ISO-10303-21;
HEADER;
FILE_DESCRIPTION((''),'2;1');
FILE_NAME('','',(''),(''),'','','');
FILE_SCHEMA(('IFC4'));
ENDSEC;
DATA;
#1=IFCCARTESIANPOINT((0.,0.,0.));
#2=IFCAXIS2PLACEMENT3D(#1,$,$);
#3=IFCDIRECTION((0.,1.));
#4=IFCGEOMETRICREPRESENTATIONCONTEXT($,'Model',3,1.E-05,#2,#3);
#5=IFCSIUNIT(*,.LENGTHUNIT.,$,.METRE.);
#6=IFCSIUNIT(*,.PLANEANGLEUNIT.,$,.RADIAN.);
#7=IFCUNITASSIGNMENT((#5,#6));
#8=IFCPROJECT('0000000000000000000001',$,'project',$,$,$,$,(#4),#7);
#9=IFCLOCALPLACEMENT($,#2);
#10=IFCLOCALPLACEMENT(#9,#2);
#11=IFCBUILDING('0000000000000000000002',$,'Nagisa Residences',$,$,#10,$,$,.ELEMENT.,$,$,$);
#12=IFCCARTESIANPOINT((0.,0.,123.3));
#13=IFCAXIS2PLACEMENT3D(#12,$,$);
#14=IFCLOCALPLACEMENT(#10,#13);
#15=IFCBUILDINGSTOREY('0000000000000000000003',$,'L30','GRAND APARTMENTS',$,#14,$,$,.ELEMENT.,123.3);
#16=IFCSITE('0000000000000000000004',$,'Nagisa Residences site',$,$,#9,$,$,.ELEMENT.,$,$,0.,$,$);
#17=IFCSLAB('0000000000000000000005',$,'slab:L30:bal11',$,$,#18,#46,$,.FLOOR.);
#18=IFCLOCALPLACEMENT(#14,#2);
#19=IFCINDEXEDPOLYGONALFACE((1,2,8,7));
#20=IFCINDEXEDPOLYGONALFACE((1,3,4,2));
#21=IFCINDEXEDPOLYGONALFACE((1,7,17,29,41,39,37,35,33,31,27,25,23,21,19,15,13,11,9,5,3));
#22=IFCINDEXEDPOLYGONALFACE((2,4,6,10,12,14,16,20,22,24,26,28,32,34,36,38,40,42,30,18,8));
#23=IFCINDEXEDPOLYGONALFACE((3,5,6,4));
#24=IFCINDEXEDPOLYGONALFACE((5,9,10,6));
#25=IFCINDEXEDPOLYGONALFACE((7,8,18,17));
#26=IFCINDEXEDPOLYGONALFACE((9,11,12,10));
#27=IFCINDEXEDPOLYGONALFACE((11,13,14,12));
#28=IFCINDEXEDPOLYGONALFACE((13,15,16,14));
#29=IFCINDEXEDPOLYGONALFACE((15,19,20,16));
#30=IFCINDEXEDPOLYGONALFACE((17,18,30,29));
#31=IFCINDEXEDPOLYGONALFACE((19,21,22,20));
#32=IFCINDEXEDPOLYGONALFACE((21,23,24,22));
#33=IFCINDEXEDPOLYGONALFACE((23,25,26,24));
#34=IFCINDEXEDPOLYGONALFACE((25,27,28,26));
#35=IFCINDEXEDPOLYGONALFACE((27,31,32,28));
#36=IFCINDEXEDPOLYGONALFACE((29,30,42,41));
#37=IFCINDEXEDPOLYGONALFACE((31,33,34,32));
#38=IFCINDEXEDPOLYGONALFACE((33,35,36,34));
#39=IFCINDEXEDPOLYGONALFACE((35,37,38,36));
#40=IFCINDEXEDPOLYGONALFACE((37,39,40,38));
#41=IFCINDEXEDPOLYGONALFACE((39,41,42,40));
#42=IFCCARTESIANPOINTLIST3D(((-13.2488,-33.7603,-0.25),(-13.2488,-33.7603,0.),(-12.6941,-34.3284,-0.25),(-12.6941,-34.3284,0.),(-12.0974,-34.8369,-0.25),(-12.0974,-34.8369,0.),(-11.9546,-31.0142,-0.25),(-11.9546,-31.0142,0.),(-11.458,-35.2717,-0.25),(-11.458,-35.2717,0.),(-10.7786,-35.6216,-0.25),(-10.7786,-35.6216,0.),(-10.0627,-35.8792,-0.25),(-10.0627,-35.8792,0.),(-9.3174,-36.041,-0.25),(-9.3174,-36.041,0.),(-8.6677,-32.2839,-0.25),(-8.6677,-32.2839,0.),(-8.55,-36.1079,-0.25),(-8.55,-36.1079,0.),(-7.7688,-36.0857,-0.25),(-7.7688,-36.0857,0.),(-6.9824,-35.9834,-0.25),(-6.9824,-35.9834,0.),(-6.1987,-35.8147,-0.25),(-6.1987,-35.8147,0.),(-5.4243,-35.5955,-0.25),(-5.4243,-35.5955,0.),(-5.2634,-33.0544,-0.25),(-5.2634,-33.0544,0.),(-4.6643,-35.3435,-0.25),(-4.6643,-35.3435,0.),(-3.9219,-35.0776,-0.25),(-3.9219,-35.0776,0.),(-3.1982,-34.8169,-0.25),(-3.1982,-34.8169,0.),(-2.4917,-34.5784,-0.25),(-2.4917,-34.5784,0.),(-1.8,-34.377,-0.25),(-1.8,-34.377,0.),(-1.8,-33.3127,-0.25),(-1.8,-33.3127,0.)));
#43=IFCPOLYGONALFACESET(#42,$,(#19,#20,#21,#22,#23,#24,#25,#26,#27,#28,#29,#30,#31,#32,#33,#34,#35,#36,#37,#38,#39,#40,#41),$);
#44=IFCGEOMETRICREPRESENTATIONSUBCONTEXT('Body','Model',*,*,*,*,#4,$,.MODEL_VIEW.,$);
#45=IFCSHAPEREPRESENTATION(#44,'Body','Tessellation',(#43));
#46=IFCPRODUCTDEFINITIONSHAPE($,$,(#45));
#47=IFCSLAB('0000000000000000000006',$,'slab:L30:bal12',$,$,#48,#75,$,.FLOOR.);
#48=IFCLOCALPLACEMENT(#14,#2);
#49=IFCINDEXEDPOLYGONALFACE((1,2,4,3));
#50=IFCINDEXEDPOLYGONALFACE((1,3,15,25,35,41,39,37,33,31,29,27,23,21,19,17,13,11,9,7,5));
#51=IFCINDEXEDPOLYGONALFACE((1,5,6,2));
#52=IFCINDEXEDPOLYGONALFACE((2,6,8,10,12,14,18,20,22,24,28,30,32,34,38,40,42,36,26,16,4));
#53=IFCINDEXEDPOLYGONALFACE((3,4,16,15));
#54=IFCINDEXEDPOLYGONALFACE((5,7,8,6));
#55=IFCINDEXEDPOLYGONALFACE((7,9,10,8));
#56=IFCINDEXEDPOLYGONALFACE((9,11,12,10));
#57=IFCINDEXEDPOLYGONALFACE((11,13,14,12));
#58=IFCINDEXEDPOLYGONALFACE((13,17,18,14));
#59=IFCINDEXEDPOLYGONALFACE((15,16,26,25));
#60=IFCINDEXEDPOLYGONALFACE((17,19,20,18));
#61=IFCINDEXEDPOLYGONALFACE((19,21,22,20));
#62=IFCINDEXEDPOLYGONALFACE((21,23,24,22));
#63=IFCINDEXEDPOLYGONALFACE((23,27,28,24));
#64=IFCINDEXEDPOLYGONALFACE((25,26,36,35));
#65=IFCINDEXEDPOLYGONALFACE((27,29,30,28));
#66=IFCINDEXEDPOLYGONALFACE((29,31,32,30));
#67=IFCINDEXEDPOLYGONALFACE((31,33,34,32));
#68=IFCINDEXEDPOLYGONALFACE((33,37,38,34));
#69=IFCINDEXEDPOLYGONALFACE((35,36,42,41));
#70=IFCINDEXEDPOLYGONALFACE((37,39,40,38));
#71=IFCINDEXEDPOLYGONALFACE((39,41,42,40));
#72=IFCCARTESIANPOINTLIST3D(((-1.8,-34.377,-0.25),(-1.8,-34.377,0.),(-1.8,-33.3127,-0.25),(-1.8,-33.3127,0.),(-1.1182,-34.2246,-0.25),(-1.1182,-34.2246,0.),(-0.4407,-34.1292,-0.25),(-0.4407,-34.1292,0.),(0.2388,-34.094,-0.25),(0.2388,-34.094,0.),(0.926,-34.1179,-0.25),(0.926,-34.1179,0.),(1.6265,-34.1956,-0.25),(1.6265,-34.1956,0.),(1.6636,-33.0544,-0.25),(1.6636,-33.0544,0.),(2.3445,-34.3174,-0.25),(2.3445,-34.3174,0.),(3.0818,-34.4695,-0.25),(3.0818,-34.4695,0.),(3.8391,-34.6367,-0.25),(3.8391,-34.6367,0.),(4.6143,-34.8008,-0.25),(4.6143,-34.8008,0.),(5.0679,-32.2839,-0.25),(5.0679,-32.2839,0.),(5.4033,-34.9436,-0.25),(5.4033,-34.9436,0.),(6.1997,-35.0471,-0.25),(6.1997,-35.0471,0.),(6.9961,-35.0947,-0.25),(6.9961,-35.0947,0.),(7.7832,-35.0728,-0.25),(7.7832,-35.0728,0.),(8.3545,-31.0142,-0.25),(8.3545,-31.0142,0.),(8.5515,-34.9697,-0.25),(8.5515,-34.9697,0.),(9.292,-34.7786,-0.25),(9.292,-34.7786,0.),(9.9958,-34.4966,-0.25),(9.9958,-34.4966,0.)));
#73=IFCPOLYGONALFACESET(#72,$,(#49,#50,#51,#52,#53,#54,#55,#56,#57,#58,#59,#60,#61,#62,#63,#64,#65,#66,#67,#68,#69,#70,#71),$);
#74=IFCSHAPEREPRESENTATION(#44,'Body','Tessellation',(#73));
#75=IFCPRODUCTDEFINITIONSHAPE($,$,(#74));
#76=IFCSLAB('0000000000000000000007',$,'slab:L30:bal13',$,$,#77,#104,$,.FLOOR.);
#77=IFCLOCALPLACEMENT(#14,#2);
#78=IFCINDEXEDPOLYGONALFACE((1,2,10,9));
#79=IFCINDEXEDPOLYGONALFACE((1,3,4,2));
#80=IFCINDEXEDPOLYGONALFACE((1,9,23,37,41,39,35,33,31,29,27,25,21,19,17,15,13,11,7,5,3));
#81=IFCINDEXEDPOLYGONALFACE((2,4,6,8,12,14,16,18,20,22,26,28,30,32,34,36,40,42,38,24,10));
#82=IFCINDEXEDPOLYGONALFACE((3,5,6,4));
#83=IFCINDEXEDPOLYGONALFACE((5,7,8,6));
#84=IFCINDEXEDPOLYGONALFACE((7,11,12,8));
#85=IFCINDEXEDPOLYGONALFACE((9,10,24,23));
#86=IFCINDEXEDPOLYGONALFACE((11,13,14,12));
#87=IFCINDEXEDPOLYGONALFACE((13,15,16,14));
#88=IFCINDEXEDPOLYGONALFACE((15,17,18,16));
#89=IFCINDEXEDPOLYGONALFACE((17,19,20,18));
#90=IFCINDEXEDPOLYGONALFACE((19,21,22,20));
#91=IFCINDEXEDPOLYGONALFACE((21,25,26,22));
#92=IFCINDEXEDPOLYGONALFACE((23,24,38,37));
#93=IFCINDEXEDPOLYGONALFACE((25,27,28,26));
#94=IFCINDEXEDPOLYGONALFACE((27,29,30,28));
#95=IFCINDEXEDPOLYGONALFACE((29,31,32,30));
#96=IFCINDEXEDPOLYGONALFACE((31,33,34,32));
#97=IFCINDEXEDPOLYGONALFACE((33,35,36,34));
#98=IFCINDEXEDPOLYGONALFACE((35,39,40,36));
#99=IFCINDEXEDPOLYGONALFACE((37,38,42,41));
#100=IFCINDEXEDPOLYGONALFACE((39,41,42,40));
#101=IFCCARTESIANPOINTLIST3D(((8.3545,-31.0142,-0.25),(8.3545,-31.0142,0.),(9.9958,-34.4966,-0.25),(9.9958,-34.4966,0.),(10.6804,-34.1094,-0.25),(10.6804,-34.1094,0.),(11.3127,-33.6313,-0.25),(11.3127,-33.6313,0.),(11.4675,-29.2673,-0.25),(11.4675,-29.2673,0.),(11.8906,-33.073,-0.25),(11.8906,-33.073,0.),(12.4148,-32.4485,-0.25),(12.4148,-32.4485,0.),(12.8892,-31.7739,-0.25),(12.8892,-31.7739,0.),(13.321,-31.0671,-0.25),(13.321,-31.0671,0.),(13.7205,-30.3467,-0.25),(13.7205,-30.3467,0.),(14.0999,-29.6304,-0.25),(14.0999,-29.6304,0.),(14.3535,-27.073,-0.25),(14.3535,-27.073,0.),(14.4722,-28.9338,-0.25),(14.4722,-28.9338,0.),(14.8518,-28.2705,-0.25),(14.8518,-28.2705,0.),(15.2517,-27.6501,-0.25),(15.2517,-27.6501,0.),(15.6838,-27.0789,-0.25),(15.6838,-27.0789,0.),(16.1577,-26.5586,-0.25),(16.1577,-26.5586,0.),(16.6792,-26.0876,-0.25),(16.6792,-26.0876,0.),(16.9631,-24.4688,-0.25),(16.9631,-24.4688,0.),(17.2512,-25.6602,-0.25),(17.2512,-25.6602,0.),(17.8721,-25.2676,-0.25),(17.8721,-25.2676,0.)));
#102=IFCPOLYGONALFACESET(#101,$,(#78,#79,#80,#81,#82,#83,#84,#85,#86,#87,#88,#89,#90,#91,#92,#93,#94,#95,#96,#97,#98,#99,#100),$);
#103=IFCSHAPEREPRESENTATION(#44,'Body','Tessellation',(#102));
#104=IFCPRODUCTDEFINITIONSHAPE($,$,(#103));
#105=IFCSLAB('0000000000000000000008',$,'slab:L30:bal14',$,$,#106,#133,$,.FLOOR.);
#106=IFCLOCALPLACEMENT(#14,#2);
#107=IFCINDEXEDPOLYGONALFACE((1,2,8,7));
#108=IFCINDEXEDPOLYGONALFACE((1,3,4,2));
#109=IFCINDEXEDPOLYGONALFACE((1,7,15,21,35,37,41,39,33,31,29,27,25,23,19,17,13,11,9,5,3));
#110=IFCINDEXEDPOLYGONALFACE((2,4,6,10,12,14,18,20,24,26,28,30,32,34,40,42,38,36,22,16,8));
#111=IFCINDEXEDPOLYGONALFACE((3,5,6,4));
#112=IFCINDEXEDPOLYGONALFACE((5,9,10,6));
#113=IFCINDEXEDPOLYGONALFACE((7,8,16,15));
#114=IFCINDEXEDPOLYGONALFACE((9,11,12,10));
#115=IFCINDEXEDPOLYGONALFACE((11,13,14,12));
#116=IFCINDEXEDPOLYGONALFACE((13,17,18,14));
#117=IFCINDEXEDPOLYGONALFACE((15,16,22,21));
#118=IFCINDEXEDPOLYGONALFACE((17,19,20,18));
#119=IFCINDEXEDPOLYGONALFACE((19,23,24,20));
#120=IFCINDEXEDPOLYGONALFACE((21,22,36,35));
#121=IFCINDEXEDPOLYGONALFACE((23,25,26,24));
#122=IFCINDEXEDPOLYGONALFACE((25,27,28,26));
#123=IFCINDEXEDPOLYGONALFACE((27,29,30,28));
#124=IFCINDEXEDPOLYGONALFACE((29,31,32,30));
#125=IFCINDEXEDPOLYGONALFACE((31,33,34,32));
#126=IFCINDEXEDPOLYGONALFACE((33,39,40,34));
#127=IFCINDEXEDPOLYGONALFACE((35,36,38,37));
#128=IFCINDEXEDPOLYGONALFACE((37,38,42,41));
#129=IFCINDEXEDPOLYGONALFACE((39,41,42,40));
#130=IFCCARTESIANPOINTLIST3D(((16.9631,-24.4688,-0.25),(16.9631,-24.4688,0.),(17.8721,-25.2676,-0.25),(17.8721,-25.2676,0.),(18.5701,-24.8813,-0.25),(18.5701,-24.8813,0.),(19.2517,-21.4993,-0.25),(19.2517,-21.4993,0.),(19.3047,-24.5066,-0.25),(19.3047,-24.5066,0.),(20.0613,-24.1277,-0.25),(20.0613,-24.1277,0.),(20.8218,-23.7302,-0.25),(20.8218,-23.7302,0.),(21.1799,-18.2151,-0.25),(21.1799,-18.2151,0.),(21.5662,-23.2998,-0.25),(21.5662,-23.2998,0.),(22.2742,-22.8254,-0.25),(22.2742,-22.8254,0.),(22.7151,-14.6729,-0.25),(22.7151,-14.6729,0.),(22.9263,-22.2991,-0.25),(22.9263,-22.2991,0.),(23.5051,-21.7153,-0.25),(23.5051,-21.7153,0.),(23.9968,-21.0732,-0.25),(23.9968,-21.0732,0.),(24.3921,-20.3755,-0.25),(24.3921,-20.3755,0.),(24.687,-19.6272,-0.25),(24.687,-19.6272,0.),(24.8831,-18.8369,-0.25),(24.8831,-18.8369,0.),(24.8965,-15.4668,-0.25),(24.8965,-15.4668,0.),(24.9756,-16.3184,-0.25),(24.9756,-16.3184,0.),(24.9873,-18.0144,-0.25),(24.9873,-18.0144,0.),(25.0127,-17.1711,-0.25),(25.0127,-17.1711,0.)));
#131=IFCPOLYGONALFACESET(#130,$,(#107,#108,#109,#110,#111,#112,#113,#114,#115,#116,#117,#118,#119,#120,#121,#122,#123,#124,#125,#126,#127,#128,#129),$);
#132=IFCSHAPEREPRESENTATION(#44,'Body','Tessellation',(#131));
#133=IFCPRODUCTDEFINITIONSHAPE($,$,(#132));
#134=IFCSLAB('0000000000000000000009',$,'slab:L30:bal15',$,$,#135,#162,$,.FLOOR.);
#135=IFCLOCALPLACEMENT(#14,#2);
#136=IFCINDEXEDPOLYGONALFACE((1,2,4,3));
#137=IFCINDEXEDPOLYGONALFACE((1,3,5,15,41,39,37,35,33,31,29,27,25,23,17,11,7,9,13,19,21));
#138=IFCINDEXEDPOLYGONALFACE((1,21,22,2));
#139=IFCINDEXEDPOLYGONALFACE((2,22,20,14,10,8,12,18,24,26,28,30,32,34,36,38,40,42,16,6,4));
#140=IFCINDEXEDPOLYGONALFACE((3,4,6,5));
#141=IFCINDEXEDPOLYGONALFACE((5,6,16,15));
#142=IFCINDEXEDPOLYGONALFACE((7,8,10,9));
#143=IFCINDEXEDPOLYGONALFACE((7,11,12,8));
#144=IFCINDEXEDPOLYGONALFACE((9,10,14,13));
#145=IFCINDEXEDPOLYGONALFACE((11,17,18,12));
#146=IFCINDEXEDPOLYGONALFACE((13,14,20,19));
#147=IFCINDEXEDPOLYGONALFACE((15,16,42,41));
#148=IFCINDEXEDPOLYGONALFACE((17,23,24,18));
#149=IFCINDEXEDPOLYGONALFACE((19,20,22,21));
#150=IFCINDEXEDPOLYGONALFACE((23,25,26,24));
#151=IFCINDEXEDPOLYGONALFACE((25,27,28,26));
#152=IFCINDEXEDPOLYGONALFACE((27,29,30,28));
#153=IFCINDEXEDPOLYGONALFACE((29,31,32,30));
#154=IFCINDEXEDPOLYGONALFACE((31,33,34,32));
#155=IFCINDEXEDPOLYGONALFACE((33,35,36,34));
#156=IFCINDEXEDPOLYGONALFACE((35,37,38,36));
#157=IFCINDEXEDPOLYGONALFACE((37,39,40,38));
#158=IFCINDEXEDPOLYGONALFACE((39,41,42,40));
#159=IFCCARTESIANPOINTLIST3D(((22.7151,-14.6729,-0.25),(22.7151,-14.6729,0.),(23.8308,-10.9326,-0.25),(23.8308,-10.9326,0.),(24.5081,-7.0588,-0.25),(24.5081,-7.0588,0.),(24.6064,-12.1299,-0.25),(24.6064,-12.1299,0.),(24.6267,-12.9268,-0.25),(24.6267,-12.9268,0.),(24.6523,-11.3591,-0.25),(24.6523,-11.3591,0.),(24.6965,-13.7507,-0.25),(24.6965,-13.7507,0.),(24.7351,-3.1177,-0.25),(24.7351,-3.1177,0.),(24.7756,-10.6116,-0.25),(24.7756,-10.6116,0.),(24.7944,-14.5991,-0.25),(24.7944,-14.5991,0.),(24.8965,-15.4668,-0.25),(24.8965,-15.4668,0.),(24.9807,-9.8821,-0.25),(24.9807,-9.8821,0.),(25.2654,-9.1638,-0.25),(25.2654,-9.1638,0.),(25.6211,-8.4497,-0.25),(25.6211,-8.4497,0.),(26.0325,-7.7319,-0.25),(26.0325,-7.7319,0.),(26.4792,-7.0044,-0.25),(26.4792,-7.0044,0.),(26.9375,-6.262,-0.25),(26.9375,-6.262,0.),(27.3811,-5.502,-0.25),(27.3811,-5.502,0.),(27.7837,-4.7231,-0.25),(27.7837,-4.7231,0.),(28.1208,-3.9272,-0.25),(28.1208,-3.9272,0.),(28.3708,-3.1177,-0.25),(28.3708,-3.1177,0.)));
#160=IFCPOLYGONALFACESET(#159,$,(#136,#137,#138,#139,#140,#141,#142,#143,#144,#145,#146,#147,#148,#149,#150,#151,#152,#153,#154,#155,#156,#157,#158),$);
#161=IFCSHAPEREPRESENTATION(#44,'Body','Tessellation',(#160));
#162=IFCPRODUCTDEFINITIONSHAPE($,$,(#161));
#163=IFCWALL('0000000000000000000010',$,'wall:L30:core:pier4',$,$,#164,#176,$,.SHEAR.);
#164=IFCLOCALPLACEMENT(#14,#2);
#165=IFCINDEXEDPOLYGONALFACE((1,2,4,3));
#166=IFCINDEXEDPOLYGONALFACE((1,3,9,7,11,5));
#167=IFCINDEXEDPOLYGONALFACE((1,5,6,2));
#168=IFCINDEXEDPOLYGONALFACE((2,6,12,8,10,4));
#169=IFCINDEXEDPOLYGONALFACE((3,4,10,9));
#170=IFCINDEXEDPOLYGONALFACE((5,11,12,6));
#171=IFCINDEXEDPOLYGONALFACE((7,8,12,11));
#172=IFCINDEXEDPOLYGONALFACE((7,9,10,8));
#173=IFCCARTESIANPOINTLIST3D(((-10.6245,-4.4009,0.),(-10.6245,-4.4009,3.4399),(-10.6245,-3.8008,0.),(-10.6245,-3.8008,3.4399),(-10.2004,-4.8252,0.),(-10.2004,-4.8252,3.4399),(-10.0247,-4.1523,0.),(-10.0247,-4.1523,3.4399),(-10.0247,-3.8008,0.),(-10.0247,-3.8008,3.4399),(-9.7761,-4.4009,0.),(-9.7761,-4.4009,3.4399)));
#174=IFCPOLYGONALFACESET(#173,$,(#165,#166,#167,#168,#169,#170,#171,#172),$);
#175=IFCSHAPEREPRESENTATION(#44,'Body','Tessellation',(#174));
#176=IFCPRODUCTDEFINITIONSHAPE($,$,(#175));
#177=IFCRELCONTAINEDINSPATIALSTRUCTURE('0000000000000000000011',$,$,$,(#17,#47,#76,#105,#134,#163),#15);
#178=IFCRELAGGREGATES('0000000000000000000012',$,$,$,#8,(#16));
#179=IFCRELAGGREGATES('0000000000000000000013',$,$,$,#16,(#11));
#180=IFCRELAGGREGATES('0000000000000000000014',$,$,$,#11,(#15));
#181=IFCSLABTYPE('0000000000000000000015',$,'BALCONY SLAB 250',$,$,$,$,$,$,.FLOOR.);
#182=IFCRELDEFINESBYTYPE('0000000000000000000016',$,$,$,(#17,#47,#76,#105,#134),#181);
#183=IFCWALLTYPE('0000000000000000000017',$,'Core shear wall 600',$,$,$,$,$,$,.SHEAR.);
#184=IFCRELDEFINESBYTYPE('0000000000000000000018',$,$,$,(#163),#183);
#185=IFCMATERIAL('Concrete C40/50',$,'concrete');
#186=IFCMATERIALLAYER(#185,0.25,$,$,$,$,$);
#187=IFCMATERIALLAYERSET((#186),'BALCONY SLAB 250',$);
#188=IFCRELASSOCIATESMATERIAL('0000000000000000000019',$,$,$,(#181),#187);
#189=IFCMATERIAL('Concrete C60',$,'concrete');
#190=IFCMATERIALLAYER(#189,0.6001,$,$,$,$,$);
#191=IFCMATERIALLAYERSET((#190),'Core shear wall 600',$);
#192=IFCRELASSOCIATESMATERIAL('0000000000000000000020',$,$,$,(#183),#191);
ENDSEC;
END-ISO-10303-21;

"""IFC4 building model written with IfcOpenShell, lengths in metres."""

from ifc_helpers import new_model, si_unit, direction, frame, origin, place, context, subcontext, project, spatial, polyline, outline, extrude, material, layer, layer_set, type_object, element, save


model = new_model("IFC4")

# Units and contexts
model_context = context("Model", 3, precision=1e-05, world=origin(), true_north=direction((0.0, 1.0)))
body_context = subcontext(model_context, "Body", "Model", "MODEL_VIEW")
ifc_project = project(units=[si_unit("LENGTHUNIT", "METRE"), si_unit("PLANEANGLEUNIT", "RADIAN")], contexts=[model_context])

# Site, building, storey
site_placement = place(None, origin())
site = spatial("IfcSite", under=ifc_project, at=site_placement, Name="Nagisa Residences site", CompositionType="ELEMENT", RefElevation=0.0)
building_placement = place(site_placement, origin())
building = spatial("IfcBuilding", under=site, at=building_placement, Name="Nagisa Residences", CompositionType="ELEMENT")
storey_placement = place(building_placement, frame((0.0, 0.0, 123.3)))
storey = spatial("IfcBuildingStorey", under=building, at=storey_placement, Name="L30", Description="GRAND APARTMENTS", CompositionType="ELEMENT", Elevation=123.3)

# Slabs
ifc_material_1 = material(Name="Concrete C40/50", Category="concrete")
ifc_layer_1 = layer(ifc_material_1, 0.25)
ifc_layer_set_1 = layer_set([ifc_layer_1], Name="BALCONY SLAB 250")
slab_type = type_object("IfcSlabType", Name="BALCONY SLAB 250", PredefinedType="FLOOR", material=ifc_layer_set_1)
slab_1_placement = place(storey_placement, frame((0.0, 0.0, -0.25)))
element("IfcSlab", 1, at=slab_1_placement, inside=storey, type_object=slab_type, Name="slab:L30:bal11", PredefinedType="FLOOR", context=body_context, shape_type="SweptSolid", body=[
    extrude(outline(polyline([(-13.2488, -33.7603), (-12.6941, -34.3284), (-12.0974, -34.8369), (-11.458, -35.2717), (-10.7786, -35.6216), (-10.0627, -35.8792), (-9.3174, -36.041), (-8.55, -36.1079), (-7.7688, -36.0857), (-6.9824, -35.9834), (-6.1987, -35.8147), (-5.4243, -35.5955), (-4.6643, -35.3435), (-3.9219, -35.0776), (-3.1982, -34.8169), (-2.4917, -34.5784), (-1.8, -34.377), (-1.8, -33.3127), (-5.2634, -33.0544), (-8.6677, -32.2839), (-11.9546, -31.0142), (-13.2488, -33.7603)])), origin(), (0.0, 0.0, 1.0), 0.25),
])
slab_2_placement = place(storey_placement, frame((0.0, 0.0, -0.25)))
element("IfcSlab", 2, at=slab_2_placement, inside=storey, type_object=slab_type, Name="slab:L30:bal12", PredefinedType="FLOOR", context=body_context, shape_type="SweptSolid", body=[
    extrude(outline(polyline([(-1.8, -34.377), (-1.1182, -34.2246), (-0.4407, -34.1292), (0.2388, -34.094), (0.926, -34.1179), (1.6265, -34.1956), (2.3445, -34.3174), (3.0818, -34.4695), (3.8391, -34.6367), (4.6143, -34.8008), (5.4033, -34.9436), (6.1997, -35.0471), (6.9961, -35.0947), (7.7832, -35.0728), (8.5515, -34.9697), (9.292, -34.7786), (9.9958, -34.4966), (8.3545, -31.0142), (5.0679, -32.2839), (1.6636, -33.0544), (-1.8, -33.3127), (-1.8, -34.377)])), origin(), (0.0, 0.0, 1.0), 0.25),
])
slab_3_placement = place(storey_placement, frame((0.0, 0.0, -0.25)))
element("IfcSlab", 3, at=slab_3_placement, inside=storey, type_object=slab_type, Name="slab:L30:bal13", PredefinedType="FLOOR", context=body_context, shape_type="SweptSolid", body=[
    extrude(outline(polyline([(9.9958, -34.4966), (10.6804, -34.1094), (11.3127, -33.6313), (11.8906, -33.073), (12.4148, -32.4485), (12.8892, -31.7739), (13.321, -31.0671), (13.7205, -30.3467), (14.0999, -29.6304), (14.4722, -28.9338), (14.8518, -28.2705), (15.2517, -27.6501), (15.6838, -27.0789), (16.1577, -26.5586), (16.6792, -26.0876), (17.2512, -25.6602), (17.8721, -25.2676), (16.9631, -24.4688), (14.3535, -27.073), (11.4675, -29.2673), (8.3545, -31.0142), (9.9958, -34.4966)])), origin(), (0.0, 0.0, 1.0), 0.25),
])
slab_4_placement = place(storey_placement, frame((0.0, 0.0, -0.25)))
element("IfcSlab", 4, at=slab_4_placement, inside=storey, type_object=slab_type, Name="slab:L30:bal14", PredefinedType="FLOOR", context=body_context, shape_type="SweptSolid", body=[
    extrude(outline(polyline([(17.8721, -25.2676), (18.5701, -24.8813), (19.3047, -24.5066), (20.0613, -24.1277), (20.8218, -23.7302), (21.5662, -23.2998), (22.2742, -22.8254), (22.9263, -22.2991), (23.5051, -21.7153), (23.9968, -21.0732), (24.3921, -20.3755), (24.687, -19.6272), (24.8831, -18.8369), (24.9873, -18.0144), (25.0127, -17.1711), (24.9756, -16.3184), (24.8965, -15.4668), (22.7151, -14.6729), (21.1799, -18.2151), (19.2517, -21.4993), (16.9631, -24.4688), (17.8721, -25.2676)])), origin(), (0.0, 0.0, 1.0), 0.25),
])
slab_5_placement = place(storey_placement, frame((0.0, 0.0, -0.25)))
element("IfcSlab", 5, at=slab_5_placement, inside=storey, type_object=slab_type, Name="slab:L30:bal15", PredefinedType="FLOOR", context=body_context, shape_type="SweptSolid", body=[
    extrude(outline(polyline([(24.8965, -15.4668), (24.7944, -14.5991), (24.6965, -13.7507), (24.6267, -12.9268), (24.6064, -12.1299), (24.6523, -11.3591), (24.7756, -10.6116), (24.9807, -9.8821), (25.2654, -9.1638), (25.6211, -8.4497), (26.0325, -7.7319), (26.4792, -7.0044), (26.9375, -6.262), (27.3811, -5.502), (27.7837, -4.7231), (28.1208, -3.9272), (28.3708, -3.1177), (24.7351, -3.1177), (24.5081, -7.0588), (23.8308, -10.9326), (22.7151, -14.6729), (24.8965, -15.4668)])), origin(), (0.0, 0.0, 1.0), 0.25),
])

# Wall
ifc_material_2 = material(Name="Concrete C60", Category="concrete")
ifc_layer_2 = layer(ifc_material_2, 0.6001)
ifc_layer_set_2 = layer_set([ifc_layer_2], Name="Core shear wall 600")
wall_type_1 = type_object("IfcWallType", Name="Core shear wall 600", PredefinedType="SHEAR", material=ifc_layer_set_2)
wall_1_placement = place(storey_placement, origin())
element("IfcWall", 6, at=wall_1_placement, inside=storey, type_object=wall_type_1, Name="wall:L30:core:pier4", PredefinedType="SHEAR", context=body_context, shape_type="SweptSolid", body=[
    extrude(outline(polyline([(-10.6245, -3.8008), (-10.0247, -3.8008), (-10.0247, -4.1523), (-9.7761, -4.4009), (-10.2004, -4.8252), (-10.6245, -4.4009), (-10.6245, -3.8008)])), origin(), (0.0, 0.0, 1.0), 3.4399),
])

save(model, "model.ifc")
